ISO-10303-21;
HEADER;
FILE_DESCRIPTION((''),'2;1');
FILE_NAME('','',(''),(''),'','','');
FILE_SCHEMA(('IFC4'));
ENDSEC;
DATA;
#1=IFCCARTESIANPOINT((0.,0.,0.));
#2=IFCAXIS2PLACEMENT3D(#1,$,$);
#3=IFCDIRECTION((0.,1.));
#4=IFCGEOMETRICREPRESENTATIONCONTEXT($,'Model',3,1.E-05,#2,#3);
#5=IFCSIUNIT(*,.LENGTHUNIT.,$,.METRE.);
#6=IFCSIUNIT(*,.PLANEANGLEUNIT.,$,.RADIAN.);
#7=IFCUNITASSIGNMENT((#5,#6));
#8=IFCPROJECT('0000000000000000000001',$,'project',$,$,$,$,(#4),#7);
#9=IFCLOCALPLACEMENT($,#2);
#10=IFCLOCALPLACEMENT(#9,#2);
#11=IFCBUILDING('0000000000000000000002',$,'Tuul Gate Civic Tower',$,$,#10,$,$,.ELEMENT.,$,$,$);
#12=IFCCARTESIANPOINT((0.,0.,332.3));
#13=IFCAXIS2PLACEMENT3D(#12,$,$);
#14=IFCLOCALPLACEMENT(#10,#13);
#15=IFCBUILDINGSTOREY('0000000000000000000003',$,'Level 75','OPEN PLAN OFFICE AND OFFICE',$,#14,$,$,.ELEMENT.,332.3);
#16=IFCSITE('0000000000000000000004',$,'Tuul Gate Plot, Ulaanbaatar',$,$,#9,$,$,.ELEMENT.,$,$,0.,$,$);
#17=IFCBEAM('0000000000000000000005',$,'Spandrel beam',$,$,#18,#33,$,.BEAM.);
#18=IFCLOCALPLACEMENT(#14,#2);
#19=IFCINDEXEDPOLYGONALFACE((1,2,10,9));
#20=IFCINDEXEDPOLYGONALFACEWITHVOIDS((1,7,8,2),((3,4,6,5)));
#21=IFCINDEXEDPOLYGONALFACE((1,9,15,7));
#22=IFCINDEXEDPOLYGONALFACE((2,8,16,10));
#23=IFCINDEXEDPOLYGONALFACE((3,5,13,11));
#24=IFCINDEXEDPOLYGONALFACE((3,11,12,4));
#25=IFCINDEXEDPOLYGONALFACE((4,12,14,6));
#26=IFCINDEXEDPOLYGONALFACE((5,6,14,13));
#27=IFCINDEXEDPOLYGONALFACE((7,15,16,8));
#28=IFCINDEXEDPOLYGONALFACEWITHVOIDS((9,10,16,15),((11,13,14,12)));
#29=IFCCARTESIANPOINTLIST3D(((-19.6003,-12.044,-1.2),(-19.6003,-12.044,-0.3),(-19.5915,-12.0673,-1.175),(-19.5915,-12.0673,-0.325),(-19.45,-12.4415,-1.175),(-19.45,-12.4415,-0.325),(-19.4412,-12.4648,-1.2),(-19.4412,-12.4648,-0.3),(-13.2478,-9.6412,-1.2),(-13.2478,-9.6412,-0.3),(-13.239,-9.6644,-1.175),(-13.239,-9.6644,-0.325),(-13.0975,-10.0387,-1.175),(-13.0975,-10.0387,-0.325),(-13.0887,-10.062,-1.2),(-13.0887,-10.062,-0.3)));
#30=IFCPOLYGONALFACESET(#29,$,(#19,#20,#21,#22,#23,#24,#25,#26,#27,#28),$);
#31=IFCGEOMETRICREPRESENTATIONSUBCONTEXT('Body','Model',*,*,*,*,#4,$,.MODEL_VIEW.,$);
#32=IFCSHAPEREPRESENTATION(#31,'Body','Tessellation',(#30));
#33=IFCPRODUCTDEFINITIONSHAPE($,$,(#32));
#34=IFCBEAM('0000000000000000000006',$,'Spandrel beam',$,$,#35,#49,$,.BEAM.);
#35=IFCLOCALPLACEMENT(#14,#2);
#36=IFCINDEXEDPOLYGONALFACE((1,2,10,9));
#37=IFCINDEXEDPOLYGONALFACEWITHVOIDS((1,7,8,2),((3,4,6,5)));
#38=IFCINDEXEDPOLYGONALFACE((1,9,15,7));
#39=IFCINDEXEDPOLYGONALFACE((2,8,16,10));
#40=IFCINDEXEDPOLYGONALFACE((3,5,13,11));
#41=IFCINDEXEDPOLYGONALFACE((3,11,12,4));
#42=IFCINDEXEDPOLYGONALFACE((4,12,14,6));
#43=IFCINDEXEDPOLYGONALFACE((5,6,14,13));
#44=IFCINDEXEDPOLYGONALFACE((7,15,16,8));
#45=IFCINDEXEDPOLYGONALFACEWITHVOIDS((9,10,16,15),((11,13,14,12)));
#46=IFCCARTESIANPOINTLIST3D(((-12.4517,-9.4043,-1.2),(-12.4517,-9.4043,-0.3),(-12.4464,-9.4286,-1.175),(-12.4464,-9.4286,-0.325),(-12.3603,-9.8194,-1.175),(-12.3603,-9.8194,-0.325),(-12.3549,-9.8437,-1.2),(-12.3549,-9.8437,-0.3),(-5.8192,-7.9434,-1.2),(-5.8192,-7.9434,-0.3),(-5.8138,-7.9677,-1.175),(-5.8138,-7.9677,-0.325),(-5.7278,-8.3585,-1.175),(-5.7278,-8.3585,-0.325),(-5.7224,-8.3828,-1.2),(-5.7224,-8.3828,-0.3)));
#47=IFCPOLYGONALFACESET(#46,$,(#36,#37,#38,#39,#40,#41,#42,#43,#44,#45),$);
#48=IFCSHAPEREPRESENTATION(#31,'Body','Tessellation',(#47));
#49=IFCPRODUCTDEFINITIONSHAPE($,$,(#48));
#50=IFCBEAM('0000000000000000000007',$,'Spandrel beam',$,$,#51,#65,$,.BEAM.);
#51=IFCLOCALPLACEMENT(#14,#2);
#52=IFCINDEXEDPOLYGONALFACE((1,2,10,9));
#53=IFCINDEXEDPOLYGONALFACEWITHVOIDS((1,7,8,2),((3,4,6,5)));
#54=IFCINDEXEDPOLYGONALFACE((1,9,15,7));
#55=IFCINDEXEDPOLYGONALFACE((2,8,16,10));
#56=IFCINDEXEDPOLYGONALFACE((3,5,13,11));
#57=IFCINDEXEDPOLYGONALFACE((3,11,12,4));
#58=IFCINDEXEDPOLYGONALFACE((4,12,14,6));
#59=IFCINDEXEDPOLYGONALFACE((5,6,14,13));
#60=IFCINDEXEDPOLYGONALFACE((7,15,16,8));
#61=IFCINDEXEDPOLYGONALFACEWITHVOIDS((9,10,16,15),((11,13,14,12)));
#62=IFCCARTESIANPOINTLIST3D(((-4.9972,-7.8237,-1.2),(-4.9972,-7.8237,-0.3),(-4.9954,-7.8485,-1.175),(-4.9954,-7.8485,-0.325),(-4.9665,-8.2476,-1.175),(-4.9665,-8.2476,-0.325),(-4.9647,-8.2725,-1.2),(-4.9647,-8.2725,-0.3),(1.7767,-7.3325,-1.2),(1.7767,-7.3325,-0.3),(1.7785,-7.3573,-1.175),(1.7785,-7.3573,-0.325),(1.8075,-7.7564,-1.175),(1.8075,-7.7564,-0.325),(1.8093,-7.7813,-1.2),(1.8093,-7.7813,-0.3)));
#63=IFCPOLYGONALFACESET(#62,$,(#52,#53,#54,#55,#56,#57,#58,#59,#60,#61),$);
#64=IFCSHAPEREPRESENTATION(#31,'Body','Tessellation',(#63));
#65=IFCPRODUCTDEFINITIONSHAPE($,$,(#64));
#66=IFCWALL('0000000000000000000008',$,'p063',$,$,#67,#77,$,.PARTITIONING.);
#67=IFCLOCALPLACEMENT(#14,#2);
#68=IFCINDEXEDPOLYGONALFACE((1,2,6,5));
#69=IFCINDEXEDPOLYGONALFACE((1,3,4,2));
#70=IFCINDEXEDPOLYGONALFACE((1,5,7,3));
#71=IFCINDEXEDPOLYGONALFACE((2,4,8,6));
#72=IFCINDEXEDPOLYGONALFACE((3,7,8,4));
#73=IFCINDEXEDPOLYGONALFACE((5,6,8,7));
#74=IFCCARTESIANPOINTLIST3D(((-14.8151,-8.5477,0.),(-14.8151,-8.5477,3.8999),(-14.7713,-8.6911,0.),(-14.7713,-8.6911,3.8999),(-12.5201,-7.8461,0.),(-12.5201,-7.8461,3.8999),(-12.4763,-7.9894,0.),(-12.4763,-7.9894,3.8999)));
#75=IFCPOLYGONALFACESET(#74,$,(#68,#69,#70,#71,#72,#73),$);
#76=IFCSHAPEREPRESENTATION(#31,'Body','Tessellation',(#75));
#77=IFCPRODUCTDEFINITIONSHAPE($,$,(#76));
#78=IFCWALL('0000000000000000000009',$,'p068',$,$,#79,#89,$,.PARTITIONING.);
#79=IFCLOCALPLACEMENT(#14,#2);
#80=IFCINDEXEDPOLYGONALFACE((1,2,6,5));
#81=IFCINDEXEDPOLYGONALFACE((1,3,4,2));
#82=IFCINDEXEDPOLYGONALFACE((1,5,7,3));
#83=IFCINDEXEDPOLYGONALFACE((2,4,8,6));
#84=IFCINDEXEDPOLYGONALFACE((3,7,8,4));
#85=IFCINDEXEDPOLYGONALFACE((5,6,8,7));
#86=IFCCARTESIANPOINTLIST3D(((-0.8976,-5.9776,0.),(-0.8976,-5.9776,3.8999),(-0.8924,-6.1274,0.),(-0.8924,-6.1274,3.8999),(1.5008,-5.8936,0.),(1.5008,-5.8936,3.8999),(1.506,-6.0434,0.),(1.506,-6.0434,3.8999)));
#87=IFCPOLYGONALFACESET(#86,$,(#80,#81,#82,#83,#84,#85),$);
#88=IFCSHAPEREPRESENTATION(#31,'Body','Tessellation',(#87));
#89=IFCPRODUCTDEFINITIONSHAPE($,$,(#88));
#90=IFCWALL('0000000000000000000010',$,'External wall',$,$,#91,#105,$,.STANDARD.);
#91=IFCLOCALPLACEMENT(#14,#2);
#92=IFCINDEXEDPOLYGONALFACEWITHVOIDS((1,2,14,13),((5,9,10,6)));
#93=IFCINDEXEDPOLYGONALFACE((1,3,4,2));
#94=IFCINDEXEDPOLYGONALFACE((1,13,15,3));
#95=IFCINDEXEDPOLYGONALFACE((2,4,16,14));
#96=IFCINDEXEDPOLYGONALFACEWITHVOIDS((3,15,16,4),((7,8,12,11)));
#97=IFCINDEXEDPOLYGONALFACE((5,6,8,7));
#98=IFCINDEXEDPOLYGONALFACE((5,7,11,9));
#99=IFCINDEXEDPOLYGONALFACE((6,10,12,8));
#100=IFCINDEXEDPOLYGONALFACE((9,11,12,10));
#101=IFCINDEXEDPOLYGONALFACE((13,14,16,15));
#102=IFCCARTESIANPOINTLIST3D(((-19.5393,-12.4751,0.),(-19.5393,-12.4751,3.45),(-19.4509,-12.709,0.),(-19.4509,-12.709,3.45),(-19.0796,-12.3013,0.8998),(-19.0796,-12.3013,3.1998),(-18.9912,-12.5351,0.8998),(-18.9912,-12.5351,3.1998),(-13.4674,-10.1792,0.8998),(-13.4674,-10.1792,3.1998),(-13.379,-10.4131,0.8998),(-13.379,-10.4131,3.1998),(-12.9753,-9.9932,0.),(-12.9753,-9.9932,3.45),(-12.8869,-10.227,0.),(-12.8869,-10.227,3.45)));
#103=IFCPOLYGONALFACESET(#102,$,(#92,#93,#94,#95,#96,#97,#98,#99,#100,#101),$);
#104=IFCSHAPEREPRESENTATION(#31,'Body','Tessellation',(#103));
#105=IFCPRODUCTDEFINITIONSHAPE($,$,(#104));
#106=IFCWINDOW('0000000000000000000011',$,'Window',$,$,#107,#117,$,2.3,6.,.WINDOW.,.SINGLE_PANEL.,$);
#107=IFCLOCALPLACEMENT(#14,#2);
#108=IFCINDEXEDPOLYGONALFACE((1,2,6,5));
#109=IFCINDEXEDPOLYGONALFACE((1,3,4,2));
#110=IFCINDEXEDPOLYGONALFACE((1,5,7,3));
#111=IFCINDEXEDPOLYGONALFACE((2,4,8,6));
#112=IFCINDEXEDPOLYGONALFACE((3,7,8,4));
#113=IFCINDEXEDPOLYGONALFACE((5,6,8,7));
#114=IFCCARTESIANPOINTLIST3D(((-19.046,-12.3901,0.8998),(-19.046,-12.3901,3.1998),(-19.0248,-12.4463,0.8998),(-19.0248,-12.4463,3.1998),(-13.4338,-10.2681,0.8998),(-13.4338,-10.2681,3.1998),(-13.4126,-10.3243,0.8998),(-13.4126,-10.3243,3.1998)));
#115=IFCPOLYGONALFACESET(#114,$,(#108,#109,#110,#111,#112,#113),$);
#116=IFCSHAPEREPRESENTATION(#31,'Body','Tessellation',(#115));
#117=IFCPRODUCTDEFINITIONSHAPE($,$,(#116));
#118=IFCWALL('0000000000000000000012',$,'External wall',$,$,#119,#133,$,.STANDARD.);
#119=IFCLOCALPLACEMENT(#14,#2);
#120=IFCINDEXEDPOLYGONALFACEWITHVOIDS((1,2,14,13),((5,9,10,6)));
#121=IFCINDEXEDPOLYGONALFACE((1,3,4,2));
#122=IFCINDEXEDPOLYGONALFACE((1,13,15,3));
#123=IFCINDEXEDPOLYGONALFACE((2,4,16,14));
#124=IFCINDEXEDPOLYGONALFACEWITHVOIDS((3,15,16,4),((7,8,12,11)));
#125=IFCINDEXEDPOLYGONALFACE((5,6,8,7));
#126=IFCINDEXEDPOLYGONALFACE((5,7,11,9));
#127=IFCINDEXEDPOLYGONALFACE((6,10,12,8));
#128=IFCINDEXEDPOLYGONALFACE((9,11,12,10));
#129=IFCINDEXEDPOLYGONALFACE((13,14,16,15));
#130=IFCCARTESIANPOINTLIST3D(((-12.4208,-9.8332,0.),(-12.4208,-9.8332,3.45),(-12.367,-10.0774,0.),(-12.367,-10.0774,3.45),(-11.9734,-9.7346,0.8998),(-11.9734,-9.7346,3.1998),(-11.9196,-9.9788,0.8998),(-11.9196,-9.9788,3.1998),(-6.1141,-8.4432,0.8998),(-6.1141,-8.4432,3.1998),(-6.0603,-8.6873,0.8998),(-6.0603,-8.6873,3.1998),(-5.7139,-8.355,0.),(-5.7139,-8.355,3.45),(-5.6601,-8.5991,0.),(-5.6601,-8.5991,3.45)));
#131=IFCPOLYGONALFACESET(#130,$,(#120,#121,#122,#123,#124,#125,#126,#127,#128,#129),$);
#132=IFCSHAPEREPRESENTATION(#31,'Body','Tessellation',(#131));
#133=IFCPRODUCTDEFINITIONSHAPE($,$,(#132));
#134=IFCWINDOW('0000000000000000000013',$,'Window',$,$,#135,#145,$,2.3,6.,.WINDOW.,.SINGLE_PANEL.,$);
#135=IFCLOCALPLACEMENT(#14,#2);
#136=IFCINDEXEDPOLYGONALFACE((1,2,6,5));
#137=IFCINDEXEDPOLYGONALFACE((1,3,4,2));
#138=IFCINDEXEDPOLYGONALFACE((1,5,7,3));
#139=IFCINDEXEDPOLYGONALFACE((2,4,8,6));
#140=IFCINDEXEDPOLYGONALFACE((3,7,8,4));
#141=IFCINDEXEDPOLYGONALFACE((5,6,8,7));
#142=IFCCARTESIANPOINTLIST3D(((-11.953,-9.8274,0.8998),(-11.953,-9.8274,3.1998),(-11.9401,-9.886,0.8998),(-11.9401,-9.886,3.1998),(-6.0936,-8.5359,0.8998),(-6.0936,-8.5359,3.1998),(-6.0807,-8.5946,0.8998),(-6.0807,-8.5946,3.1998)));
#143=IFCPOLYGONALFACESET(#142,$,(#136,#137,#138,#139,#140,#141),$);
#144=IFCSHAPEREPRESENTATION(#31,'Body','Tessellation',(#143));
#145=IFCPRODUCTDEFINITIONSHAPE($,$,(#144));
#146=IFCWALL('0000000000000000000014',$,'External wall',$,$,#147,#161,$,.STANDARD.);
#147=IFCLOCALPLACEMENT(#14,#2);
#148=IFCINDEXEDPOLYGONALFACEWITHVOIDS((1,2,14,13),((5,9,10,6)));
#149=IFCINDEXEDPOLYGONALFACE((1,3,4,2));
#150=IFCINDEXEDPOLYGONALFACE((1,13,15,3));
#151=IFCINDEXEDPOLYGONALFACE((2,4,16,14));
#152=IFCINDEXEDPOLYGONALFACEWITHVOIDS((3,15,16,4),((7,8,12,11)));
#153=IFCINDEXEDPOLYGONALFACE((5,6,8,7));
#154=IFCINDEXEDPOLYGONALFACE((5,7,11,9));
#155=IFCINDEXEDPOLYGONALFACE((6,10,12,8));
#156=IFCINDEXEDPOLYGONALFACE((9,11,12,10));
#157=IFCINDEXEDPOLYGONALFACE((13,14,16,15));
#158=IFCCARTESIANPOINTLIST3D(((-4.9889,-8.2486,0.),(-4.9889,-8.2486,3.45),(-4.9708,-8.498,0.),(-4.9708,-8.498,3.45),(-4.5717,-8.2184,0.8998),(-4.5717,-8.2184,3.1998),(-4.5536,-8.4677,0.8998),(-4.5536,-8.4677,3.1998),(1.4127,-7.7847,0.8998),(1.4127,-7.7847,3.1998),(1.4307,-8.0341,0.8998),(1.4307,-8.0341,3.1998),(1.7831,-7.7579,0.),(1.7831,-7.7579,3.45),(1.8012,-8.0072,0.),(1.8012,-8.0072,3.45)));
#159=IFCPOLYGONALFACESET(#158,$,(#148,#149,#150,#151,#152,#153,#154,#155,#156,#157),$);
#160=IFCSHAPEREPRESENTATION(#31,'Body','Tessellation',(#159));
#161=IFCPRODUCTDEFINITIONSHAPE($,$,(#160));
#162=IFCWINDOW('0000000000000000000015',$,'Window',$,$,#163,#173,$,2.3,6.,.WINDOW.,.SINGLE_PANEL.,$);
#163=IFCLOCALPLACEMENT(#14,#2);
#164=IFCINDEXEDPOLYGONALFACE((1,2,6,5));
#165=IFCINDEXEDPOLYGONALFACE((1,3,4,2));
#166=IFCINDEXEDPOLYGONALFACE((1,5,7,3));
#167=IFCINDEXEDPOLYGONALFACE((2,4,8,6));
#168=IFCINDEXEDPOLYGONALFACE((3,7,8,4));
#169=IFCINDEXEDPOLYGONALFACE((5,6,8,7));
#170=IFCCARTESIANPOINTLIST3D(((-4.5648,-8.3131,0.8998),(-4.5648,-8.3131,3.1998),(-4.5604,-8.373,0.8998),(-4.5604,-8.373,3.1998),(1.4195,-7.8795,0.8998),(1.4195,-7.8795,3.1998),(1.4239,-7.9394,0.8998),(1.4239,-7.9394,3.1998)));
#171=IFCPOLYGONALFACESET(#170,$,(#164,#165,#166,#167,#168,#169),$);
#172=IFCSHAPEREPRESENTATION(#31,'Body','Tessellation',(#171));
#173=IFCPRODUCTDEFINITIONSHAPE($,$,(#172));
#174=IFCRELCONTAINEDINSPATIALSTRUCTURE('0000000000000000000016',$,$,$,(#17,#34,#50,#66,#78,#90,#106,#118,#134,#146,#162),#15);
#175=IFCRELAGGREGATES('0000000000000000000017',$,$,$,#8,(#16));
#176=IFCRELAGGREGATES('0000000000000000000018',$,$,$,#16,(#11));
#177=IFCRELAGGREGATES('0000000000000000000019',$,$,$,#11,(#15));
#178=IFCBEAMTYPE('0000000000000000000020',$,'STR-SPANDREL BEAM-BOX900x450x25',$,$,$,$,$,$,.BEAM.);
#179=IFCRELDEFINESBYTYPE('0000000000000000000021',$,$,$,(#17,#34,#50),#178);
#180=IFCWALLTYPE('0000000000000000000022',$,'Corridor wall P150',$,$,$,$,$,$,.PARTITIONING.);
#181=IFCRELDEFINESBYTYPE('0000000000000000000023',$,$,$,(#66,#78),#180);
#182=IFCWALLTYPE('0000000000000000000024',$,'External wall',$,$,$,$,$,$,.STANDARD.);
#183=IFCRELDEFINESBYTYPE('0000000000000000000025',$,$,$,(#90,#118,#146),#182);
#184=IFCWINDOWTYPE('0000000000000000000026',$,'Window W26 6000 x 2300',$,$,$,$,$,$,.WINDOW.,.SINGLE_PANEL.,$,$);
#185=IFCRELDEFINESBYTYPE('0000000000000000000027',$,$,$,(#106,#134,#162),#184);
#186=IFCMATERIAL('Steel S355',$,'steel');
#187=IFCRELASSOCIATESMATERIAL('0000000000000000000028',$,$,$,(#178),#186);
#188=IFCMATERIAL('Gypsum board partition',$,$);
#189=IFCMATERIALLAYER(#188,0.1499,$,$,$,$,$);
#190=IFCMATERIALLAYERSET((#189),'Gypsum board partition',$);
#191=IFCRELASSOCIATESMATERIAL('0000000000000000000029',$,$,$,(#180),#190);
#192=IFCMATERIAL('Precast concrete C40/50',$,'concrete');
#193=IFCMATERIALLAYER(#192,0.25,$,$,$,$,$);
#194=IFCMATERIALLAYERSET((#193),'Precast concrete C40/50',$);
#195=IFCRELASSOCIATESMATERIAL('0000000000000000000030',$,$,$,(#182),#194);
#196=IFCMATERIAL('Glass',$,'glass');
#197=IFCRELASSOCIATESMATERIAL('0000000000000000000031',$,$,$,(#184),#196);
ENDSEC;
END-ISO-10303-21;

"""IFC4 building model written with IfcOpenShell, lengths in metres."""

from ifc_helpers import new_model, si_unit, direction, frame, frame_2d, origin, origin_2d, place, context, subcontext, project, spatial, rectangle, hollow_rectangle, extrude, material, layer, layer_set, material_profile, profile_set, type_object, element, fill, save


model = new_model("IFC4")

# Units and contexts
model_context = context("Model", 3, precision=1e-05, world=origin(), true_north=direction((0.0, 1.0)))
body_context = subcontext(model_context, "Body", "Model", "MODEL_VIEW")
ifc_project = project(units=[si_unit("LENGTHUNIT", "METRE"), si_unit("PLANEANGLEUNIT", "RADIAN")], contexts=[model_context])

# Site, building, storey
site_placement = place(None, origin())
site = spatial("IfcSite", under=ifc_project, at=site_placement, Name="Tuul Gate Plot, Ulaanbaatar", CompositionType="ELEMENT", RefElevation=0.0)
building_placement = place(site_placement, origin())
building = spatial("IfcBuilding", under=site, at=building_placement, Name="Tuul Gate Civic Tower", CompositionType="ELEMENT")
storey_placement = place(building_placement, frame((0.0, 0.0, 332.3)))
storey = spatial("IfcBuildingStorey", under=building, at=storey_placement, Name="Level 75", Description="OPEN PLAN OFFICE AND OFFICE", CompositionType="ELEMENT", Elevation=332.3)

# Beams
ifc_material_1 = material(Name="Steel S355", Category="steel")
ifc_material_profile_1 = material_profile(ifc_material_1, hollow_rectangle(XDim=0.45, YDim=0.8999, WallThickness=0.0249, at=origin_2d()), Name="BOX900x450x25")
ifc_profile_set_1 = profile_set([ifc_material_profile_1], Name="Steel S355")
beam_type_1 = type_object("IfcBeamType", Name="STR-SPANDREL BEAM-BOX900x450x25", PredefinedType="BEAM", material=ifc_profile_set_1)
beam_1_placement = place(storey_placement, frame((-19.5208, -12.2544, -0.75), z_axis=(0.935327, 0.353785, 0.0), x_axis=(-0.353785, 0.935327, 0.0)))
element("IfcBeam", 1, at=beam_1_placement, inside=storey, type_object=beam_type_1, Name="Spandrel beam", PredefinedType="BEAM", context=body_context, shape_type="SweptSolid", body=[
    extrude(hollow_rectangle(XDim=0.45, YDim=0.8999, WallThickness=0.0249, at=origin_2d()), origin(), (0.0, 0.0, 1.0), 6.7917),
])
beam_2_placement = place(storey_placement, frame((-12.4033, -9.624, -0.75), z_axis=(0.97659, 0.215111, 0.0), x_axis=(-0.215111, 0.97659, 0.0)))
element("IfcBeam", 2, at=beam_2_placement, inside=storey, type_object=beam_type_1, Name="Spandrel beam", PredefinedType="BEAM", context=body_context, shape_type="SweptSolid", body=[
    extrude(hollow_rectangle(XDim=0.45, YDim=0.8999, WallThickness=0.0249, at=origin_2d()), origin(), (0.0, 0.0, 1.0), 6.7915),
])
beam_3_placement = place(storey_placement, frame((-4.981, -8.0481, -0.75), z_axis=(0.997381, 0.072325, 0.0), x_axis=(-0.072325, 0.997381, 0.0)))
element("IfcBeam", 3, at=beam_3_placement, inside=storey, type_object=beam_type_1, Name="Spandrel beam", PredefinedType="BEAM", context=body_context, shape_type="SweptSolid", body=[
    extrude(hollow_rectangle(XDim=0.45, YDim=0.8999, WallThickness=0.0249, at=origin_2d()), origin(), (0.0, 0.0, 1.0), 6.7917),
])

# Walls
ifc_material_2 = material(Name="Gypsum board partition")
ifc_layer_1 = layer(ifc_material_2, 0.1499)
ifc_layer_set_1 = layer_set([ifc_layer_1], Name="Gypsum board partition")
wall_type_1 = type_object("IfcWallType", Name="Corridor wall P150", PredefinedType="PARTITIONING", material=ifc_layer_set_1)
for number, where, z_axis, x_axis, name in (
    (4, (-14.7932, -8.6194, 0.0), (0.0, 0.0, 1.0), (0.95631, 0.292356, 0.0), "p063"),
    (5, (-0.895, -6.0525, 0.0), (0.0, 0.0, 1.0), (0.999387, 0.034995, 0.0), "p068"),
):
    element("IfcWall", number, at=place(storey_placement, frame(where, z_axis=z_axis, x_axis=x_axis)), inside=storey, type_object=wall_type_1, Name=name, PredefinedType="PARTITIONING", context=body_context, shape_type="SweptSolid", body=[
        extrude(rectangle(XDim=2.3999, YDim=0.1499, at=frame_2d((1.2, 0.0))), origin(), (0.0, 0.0, 1.0), 3.8999),
    ])

# Walls, openings, windows
ifc_material_3 = material(Name="Precast concrete C40/50", Category="concrete")
ifc_layer_2 = layer(ifc_material_3, 0.25)
ifc_layer_set_2 = layer_set([ifc_layer_2], Name="Precast concrete C40/50")
wall_type_2 = type_object("IfcWallType", Name="External wall", PredefinedType="STANDARD", material=ifc_layer_set_2)
wall_1_placement = place(storey_placement, frame((-19.4951, -12.592, 0.0), z_axis=(0.0, 0.0, 1.0), x_axis=(0.935368, 0.353677, 0.0)))
wall_1 = element("IfcWall", 6, at=wall_1_placement, inside=storey, type_object=wall_type_2, Name="External wall", PredefinedType="STANDARD", context=body_context, shape_type="SweptSolid", body=[
    extrude(rectangle(XDim=7.0176, YDim=0.25, at=frame_2d((3.5088, 0.0))), origin(), (0.0, 0.0, 1.0), 3.45),
])
opening_1_placement = place(wall_1_placement, frame((0.4915, 0.0, 0.8999)))
opening_1 = element("IfcOpeningElement", 7, at=opening_1_placement, cuts=wall_1, PredefinedType="OPENING", context=body_context, shape_type="SweptSolid", body=[
    extrude(rectangle(XDim=6.0, YDim=2.3, at=frame_2d((3.0, 1.1499))), frame((0.0, 0.135, 0.0), z_axis=(0.0, -1.0, 0.0), x_axis=(1.0, 0.0, 0.0)), (0.0, 0.0, 1.0), 0.27),
])
ifc_material_4 = material(Name="Glass", Category="glass")
window_type = type_object("IfcWindowType", Name="Window W26 6000 x 2300", PartitioningType="SINGLE_PANEL", PredefinedType="WINDOW", material=ifc_material_4)
window_1_placement = place(opening_1_placement, origin())
window_1 = element("IfcWindow", 8, at=window_1_placement, inside=storey, type_object=window_type, Name="Window", OverallHeight=2.3, OverallWidth=6.0, PartitioningType="SINGLE_PANEL", PredefinedType="WINDOW", context=body_context, shape_type="SweptSolid", body=[
    extrude(rectangle(XDim=6.0, YDim=2.3, at=frame_2d((3.0, 1.1499))), frame((0.0, 0.03, 0.0), z_axis=(0.0, -1.0, 0.0), x_axis=(1.0, 0.0, 0.0)), (0.0, 0.0, 1.0), 0.0601),
])
fill(opening_1, window_1)
wall_2_placement = place(storey_placement, frame((-12.394, -9.9553, 0.0), z_axis=(0.0, 0.0, 1.0), x_axis=(0.976561, 0.21524, 0.0)))
wall_2 = element("IfcWall", 9, at=wall_2_placement, inside=storey, type_object=wall_type_2, Name="External wall", PredefinedType="STANDARD", context=body_context, shape_type="SweptSolid", body=[
    extrude(rectangle(XDim=6.8679, YDim=0.25, at=frame_2d((3.4341, 0.0))), origin(), (0.0, 0.0, 1.0), 3.45),
])
opening_2_placement = place(wall_2_placement, frame((0.4583, 0.0, 0.8999)))
opening_2 = element("IfcOpeningElement", 10, at=opening_2_placement, cuts=wall_2, PredefinedType="OPENING", context=body_context, shape_type="SweptSolid", body=[
    extrude(rectangle(XDim=6.0, YDim=2.3, at=frame_2d((3.0, 1.1499))), frame((0.0, 0.135, 0.0), z_axis=(0.0, -1.0, 0.0), x_axis=(1.0, 0.0, 0.0)), (0.0, 0.0, 1.0), 0.27),
])
window_2_placement = place(opening_2_placement, origin())
window_2 = element("IfcWindow", 11, at=window_2_placement, inside=storey, type_object=window_type, Name="Window", OverallHeight=2.3, OverallWidth=6.0, PartitioningType="SINGLE_PANEL", PredefinedType="WINDOW", context=body_context, shape_type="SweptSolid", body=[
    extrude(rectangle(XDim=6.0, YDim=2.3, at=frame_2d((3.0, 1.1499))), frame((0.0, 0.03, 0.0), z_axis=(0.0, -1.0, 0.0), x_axis=(1.0, 0.0, 0.0)), (0.0, 0.0, 1.0), 0.0601),
])
fill(opening_2, window_2)
wall_3_placement = place(storey_placement, frame((-4.98, -8.3733, 0.0), z_axis=(0.0, 0.0, 1.0), x_axis=(0.997385, 0.072274, 0.0)))
wall_3 = element("IfcWall", 12, at=wall_3_placement, inside=storey, type_object=wall_type_2, Name="External wall", PredefinedType="STANDARD", context=body_context, shape_type="SweptSolid", body=[
    extrude(rectangle(XDim=6.7898, YDim=0.25, at=frame_2d((3.395, 0.0))), origin(), (0.0, 0.0, 1.0), 3.45),
])
opening_3_placement = place(wall_3_placement, frame((0.4185, 0.0, 0.8999)))
opening_3 = element("IfcOpeningElement", 13, at=opening_3_placement, cuts=wall_3, PredefinedType="OPENING", context=body_context, shape_type="SweptSolid", body=[
    extrude(rectangle(XDim=6.0, YDim=2.3, at=frame_2d((3.0, 1.1499))), frame((0.0, 0.135, 0.0), z_axis=(0.0, -1.0, 0.0), x_axis=(1.0, 0.0, 0.0)), (0.0, 0.0, 1.0), 0.27),
])
window_3_placement = place(opening_3_placement, origin())
window_3 = element("IfcWindow", 14, at=window_3_placement, inside=storey, type_object=window_type, Name="Window", OverallHeight=2.3, OverallWidth=6.0, PartitioningType="SINGLE_PANEL", PredefinedType="WINDOW", context=body_context, shape_type="SweptSolid", body=[
    extrude(rectangle(XDim=6.0, YDim=2.3, at=frame_2d((3.0, 1.1499))), frame((0.0, 0.03, 0.0), z_axis=(0.0, -1.0, 0.0), x_axis=(1.0, 0.0, 0.0)), (0.0, 0.0, 1.0), 0.0601),
])
fill(opening_3, window_3)

save(model, "model.ifc")
